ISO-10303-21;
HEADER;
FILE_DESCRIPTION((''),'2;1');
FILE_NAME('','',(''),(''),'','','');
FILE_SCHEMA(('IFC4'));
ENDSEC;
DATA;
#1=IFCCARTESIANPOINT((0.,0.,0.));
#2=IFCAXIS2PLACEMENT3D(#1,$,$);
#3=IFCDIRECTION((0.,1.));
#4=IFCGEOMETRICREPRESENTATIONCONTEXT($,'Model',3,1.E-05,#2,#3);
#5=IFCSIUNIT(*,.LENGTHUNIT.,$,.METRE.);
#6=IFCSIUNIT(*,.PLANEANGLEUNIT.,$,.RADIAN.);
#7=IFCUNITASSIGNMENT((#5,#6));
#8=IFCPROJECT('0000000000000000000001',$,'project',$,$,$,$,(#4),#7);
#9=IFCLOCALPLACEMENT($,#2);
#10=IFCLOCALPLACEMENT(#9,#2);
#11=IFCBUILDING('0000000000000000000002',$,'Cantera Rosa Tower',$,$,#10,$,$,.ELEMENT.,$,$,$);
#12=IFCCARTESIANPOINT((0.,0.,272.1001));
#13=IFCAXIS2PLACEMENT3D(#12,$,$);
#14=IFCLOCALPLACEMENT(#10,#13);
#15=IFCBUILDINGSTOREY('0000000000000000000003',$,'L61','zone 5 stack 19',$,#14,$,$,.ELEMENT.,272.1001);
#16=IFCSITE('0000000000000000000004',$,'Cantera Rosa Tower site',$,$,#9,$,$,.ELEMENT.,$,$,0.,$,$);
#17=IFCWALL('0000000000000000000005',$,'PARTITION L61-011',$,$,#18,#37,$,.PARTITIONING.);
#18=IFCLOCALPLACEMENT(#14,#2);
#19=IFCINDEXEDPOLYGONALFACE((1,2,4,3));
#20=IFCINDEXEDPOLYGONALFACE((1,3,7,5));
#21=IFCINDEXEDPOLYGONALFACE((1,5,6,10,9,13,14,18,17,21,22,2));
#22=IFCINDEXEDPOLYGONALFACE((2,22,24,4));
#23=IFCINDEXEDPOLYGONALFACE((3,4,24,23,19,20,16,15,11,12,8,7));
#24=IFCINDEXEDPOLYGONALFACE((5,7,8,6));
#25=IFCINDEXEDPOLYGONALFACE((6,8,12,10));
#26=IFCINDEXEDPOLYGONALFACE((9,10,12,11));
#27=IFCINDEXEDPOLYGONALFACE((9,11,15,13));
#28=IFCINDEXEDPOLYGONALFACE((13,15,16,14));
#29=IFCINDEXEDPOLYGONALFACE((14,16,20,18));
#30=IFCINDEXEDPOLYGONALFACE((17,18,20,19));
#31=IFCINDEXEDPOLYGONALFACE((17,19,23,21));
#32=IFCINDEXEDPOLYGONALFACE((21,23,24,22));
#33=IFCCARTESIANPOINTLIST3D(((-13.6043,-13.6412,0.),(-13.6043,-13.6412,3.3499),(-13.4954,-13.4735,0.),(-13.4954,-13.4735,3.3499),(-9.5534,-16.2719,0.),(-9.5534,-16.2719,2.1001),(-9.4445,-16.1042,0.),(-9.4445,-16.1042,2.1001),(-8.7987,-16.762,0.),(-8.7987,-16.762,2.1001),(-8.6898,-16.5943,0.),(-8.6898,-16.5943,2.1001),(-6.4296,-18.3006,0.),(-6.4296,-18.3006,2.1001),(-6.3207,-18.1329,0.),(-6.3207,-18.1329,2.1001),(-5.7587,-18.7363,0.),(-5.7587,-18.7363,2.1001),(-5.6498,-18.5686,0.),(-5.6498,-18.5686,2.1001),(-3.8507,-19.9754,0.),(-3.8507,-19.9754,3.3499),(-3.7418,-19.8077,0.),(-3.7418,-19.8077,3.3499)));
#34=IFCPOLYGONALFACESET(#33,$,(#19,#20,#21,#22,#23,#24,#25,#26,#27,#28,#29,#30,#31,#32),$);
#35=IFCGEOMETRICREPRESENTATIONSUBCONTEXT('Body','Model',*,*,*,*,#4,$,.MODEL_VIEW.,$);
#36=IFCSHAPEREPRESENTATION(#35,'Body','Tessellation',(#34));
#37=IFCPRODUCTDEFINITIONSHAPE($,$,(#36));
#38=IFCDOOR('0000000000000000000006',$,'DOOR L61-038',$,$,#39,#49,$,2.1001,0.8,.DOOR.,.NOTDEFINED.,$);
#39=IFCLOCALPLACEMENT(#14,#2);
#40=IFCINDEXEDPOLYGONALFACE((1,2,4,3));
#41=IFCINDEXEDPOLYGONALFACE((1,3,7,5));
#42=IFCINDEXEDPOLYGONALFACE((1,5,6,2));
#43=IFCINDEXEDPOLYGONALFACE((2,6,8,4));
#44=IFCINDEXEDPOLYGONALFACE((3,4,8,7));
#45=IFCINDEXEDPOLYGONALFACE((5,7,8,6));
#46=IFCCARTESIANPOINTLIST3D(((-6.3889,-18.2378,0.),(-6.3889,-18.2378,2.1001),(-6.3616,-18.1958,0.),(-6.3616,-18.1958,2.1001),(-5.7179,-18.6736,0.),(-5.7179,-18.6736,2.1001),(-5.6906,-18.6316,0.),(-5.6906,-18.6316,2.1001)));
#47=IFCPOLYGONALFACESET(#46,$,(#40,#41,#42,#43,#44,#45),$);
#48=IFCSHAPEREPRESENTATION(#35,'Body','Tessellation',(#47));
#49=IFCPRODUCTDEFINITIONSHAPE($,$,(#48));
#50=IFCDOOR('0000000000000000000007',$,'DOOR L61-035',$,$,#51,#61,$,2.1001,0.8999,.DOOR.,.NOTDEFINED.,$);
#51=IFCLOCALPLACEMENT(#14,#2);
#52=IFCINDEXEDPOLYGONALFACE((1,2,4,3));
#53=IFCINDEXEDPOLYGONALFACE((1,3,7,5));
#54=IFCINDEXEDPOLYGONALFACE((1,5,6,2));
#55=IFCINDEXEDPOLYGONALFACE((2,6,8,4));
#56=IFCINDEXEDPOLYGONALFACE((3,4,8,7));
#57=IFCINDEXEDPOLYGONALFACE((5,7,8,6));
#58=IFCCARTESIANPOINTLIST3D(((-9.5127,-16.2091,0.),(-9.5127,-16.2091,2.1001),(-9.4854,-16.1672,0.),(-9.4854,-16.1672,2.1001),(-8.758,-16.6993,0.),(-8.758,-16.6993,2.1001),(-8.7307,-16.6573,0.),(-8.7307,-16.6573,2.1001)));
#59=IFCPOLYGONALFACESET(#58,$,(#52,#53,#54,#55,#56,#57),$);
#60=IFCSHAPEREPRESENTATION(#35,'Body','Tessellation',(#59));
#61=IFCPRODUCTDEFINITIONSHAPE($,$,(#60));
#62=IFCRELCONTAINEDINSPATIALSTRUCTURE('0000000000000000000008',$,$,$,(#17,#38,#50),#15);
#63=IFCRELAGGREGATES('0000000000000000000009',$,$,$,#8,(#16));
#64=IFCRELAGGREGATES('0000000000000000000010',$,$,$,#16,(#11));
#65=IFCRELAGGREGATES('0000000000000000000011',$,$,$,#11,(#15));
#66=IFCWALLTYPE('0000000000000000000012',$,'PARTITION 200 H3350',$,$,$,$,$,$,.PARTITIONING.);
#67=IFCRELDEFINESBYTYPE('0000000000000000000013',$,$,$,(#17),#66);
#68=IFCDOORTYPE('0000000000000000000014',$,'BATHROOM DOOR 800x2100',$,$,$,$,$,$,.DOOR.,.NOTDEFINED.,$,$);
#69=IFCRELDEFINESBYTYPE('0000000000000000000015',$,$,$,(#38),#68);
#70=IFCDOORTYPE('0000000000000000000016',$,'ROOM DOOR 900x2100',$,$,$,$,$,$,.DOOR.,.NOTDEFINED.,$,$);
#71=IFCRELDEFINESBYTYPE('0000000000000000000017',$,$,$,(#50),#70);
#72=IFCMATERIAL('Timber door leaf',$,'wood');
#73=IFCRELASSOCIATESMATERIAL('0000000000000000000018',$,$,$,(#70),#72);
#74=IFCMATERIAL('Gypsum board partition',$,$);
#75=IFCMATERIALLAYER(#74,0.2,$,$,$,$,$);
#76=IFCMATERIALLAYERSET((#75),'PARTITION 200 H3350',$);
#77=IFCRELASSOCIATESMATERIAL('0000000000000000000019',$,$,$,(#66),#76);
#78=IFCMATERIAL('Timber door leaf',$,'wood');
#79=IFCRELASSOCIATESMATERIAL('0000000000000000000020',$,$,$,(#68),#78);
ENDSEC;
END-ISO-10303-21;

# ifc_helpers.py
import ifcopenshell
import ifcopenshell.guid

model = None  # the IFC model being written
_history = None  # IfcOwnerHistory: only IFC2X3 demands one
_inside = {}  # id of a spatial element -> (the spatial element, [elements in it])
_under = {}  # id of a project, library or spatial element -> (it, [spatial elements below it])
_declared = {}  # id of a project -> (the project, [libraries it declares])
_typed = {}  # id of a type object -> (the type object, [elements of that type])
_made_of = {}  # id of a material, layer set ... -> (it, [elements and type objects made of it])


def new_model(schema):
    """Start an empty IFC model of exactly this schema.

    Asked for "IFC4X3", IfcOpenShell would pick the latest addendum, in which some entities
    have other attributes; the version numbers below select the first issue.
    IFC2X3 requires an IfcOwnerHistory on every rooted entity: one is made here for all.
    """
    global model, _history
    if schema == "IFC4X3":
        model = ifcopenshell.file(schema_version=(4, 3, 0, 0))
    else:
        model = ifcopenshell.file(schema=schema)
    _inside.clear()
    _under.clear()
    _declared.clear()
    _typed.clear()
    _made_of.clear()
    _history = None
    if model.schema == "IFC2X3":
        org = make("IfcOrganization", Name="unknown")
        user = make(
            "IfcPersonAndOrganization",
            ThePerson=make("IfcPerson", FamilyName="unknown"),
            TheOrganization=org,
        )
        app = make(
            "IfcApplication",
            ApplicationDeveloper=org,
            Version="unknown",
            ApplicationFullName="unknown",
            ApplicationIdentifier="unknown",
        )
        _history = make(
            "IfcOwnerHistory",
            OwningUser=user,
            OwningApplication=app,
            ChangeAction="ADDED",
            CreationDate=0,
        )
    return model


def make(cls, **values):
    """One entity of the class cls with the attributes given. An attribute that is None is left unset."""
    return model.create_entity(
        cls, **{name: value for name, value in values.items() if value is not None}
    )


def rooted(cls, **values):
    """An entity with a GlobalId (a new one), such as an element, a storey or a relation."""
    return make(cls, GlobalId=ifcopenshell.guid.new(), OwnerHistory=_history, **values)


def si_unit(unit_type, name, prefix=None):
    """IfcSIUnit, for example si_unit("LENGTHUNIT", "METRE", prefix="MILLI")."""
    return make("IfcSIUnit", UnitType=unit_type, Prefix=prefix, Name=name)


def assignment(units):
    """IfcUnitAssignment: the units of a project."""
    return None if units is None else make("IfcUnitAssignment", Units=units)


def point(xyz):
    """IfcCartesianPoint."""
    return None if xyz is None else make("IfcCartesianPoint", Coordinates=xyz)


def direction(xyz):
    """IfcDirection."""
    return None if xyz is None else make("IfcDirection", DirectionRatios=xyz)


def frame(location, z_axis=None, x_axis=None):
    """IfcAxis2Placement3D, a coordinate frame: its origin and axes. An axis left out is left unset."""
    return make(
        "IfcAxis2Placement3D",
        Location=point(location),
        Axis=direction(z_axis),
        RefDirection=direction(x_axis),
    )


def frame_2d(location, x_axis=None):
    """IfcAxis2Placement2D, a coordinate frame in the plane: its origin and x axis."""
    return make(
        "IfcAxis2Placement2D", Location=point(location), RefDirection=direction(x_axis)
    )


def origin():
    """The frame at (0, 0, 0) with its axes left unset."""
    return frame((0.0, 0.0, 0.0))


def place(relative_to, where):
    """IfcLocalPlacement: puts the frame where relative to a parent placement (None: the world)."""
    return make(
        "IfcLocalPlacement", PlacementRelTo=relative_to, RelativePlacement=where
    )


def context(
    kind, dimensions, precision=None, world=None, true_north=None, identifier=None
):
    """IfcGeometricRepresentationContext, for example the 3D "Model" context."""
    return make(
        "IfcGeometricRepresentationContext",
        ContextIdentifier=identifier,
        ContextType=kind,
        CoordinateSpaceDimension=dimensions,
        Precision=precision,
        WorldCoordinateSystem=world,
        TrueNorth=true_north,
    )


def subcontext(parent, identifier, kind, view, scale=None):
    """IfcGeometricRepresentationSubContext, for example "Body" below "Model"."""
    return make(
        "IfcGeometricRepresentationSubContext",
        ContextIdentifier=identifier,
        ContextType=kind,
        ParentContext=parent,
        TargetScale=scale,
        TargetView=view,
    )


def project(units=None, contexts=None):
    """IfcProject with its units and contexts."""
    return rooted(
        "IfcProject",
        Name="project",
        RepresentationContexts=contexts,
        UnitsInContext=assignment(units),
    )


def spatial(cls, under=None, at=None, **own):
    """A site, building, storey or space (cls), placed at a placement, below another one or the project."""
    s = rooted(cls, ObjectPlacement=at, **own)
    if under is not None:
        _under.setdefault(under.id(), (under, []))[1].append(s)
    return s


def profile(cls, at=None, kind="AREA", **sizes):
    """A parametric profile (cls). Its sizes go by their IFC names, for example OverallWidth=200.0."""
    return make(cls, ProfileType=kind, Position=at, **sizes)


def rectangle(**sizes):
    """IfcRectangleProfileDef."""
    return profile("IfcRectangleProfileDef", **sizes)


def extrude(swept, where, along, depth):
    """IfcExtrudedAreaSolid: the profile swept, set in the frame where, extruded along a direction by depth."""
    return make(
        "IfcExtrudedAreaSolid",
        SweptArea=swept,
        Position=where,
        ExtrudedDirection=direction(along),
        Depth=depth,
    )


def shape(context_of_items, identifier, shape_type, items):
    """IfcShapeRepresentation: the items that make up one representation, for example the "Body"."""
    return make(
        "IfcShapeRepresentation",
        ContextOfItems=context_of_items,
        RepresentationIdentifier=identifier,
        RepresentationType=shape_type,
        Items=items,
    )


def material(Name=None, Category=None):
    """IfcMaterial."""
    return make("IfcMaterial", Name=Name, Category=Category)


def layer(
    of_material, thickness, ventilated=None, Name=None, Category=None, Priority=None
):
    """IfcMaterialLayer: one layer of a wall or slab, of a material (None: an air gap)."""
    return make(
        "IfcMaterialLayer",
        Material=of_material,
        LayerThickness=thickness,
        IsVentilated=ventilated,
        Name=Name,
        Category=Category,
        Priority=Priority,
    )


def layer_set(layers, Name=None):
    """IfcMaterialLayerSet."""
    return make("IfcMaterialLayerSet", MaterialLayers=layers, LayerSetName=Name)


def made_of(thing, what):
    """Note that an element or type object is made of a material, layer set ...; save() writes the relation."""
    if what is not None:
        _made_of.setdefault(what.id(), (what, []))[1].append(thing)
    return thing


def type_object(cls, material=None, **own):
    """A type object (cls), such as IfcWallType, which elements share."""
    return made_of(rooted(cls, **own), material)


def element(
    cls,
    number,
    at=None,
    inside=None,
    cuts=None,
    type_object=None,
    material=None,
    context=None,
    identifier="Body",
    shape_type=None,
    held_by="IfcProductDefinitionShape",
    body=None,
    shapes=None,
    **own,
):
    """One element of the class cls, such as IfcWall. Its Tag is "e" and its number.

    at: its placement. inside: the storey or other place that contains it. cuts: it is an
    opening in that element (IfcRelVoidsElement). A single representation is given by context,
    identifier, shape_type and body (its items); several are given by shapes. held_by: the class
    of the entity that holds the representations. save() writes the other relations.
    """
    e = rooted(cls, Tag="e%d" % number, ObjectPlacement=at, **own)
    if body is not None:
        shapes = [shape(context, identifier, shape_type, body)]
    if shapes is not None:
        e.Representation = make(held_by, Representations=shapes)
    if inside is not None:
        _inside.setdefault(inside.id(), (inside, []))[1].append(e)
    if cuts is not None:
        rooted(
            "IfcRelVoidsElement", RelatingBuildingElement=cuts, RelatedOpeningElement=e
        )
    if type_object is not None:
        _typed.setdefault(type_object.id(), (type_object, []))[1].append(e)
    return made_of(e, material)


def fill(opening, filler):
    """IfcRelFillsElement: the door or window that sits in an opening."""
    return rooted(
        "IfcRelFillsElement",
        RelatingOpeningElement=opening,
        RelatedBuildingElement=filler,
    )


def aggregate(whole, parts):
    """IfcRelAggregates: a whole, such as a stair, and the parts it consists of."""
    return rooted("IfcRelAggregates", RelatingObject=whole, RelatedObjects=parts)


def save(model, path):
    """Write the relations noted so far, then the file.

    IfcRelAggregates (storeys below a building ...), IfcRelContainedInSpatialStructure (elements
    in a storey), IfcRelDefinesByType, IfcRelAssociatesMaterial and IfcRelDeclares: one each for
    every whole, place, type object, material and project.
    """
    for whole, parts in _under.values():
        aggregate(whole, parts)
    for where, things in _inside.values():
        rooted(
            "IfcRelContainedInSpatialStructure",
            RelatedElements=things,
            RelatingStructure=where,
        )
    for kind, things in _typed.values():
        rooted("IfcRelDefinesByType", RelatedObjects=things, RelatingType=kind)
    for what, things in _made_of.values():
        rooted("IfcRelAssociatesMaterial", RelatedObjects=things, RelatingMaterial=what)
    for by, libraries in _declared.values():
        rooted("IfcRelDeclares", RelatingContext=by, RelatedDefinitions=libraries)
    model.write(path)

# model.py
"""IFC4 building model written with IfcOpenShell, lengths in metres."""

from ifc_helpers import new_model, si_unit, direction, frame, frame_2d, origin, place, context, subcontext, project, spatial, rectangle, extrude, material, layer, layer_set, type_object, element, fill, save


model = new_model("IFC4")

# Units and contexts
model_context = context("Model", 3, precision=1e-05, world=origin(), true_north=direction((0.0, 1.0)))
body_context = subcontext(model_context, "Body", "Model", "MODEL_VIEW")
ifc_project = project(units=[si_unit("LENGTHUNIT", "METRE"), si_unit("PLANEANGLEUNIT", "RADIAN")], contexts=[model_context])

# Site, building, storey
site_placement = place(None, origin())
site = spatial("IfcSite", under=ifc_project, at=site_placement, Name="Cantera Rosa Tower site", CompositionType="ELEMENT", RefElevation=0.0)
building_placement = place(site_placement, origin())
building = spatial("IfcBuilding", under=site, at=building_placement, Name="Cantera Rosa Tower", CompositionType="ELEMENT")
storey_placement = place(building_placement, frame((0.0, 0.0, 272.1001)))
storey = spatial("IfcBuildingStorey", under=building, at=storey_placement, Name="L61", Description="zone 5 stack 19", CompositionType="ELEMENT", Elevation=272.1001)

# Shared definitions
ifc_material_1 = material(Name="Timber door leaf", Category="wood")
door_type_1 = type_object("IfcDoorType", Name="ROOM DOOR 900x2100", OperationType="NOTDEFINED", PredefinedType="DOOR", material=ifc_material_1)

# Wall, openings, doors
ifc_material_2 = material(Name="Gypsum board partition")
ifc_layer_1 = layer(ifc_material_2, 0.2)
ifc_layer_set_1 = layer_set([ifc_layer_1], Name="PARTITION 200 H3350")
wall_type_1 = type_object("IfcWallType", Name="PARTITION 200 H3350", PredefinedType="PARTITIONING", material=ifc_layer_set_1)
wall_1_placement = place(storey_placement, frame((-13.5498, -13.5574, 0.0), z_axis=(0.0, 0.0, 1.0), x_axis=(0.838666, -0.544647, 0.0)))
wall_1 = element("IfcWall", 1, at=wall_1_placement, inside=storey, type_object=wall_type_1, Name="PARTITION L61-011", PredefinedType="PARTITIONING", context=body_context, shape_type="SweptSolid", body=[
    extrude(rectangle(XDim=11.6299, YDim=0.2, at=frame_2d((5.8149, 0.0))), origin(), (0.0, 0.0, 1.0), 3.3499),
])
opening_1_placement = place(wall_1_placement, frame((4.8301, 0.0, 0.0)))
opening_1 = element("IfcOpeningElement", 2, at=opening_1_placement, cuts=wall_1, PredefinedType="OPENING", context=body_context, shape_type="SweptSolid", body=[
    extrude(rectangle(XDim=0.8999, YDim=2.1001, at=frame_2d((0.45, 1.05))), frame((0.0, 0.1099, 0.0), z_axis=(0.0, -1.0, 0.0), x_axis=(1.0, 0.0, 0.0)), (0.0, 0.0, 1.0), 0.22),
])
opening_2_placement = place(wall_1_placement, frame((8.5549, 0.0, 0.0)))
opening_2 = element("IfcOpeningElement", 3, at=opening_2_placement, cuts=wall_1, PredefinedType="OPENING", context=body_context, shape_type="SweptSolid", body=[
    extrude(rectangle(XDim=0.8, YDim=2.1001, at=frame_2d((0.3999, 1.05))), frame((0.0, 0.1099, 0.0), z_axis=(0.0, -1.0, 0.0), x_axis=(1.0, 0.0, 0.0)), (0.0, 0.0, 1.0), 0.22),
])
ifc_material_3 = material(Name="Timber door leaf", Category="wood")
door_type_2 = type_object("IfcDoorType", Name="BATHROOM DOOR 800x2100", OperationType="NOTDEFINED", PredefinedType="DOOR", material=ifc_material_3)
door_1_placement = place(opening_2_placement, origin())
door_1 = element("IfcDoor", 4, at=door_1_placement, inside=storey, type_object=door_type_2, Name="DOOR L61-038", OperationType="NOTDEFINED", OverallHeight=2.1001, OverallWidth=0.8, PredefinedType="DOOR", context=body_context, shape_type="SweptSolid", body=[
    extrude(rectangle(XDim=0.8, YDim=2.1001, at=frame_2d((0.3999, 1.05))), frame((0.0, 0.0249, 0.0), z_axis=(0.0, -1.0, 0.0), x_axis=(1.0, 0.0, 0.0)), (0.0, 0.0, 1.0), 0.05),
])
fill(opening_2, door_1)
door_2_placement = place(opening_1_placement, origin())
door_2 = element("IfcDoor", 5, at=door_2_placement, inside=storey, type_object=door_type_1, Name="DOOR L61-035", OperationType="NOTDEFINED", OverallHeight=2.1001, OverallWidth=0.8999, PredefinedType="DOOR", context=body_context, shape_type="SweptSolid", body=[
    extrude(rectangle(XDim=0.8999, YDim=2.1001, at=frame_2d((0.45, 1.05))), frame((0.0, 0.0249, 0.0), z_axis=(0.0, -1.0, 0.0), x_axis=(1.0, 0.0, 0.0)), (0.0, 0.0, 1.0), 0.05),
])
fill(opening_1, door_2)

save(model, "model.ifc")
